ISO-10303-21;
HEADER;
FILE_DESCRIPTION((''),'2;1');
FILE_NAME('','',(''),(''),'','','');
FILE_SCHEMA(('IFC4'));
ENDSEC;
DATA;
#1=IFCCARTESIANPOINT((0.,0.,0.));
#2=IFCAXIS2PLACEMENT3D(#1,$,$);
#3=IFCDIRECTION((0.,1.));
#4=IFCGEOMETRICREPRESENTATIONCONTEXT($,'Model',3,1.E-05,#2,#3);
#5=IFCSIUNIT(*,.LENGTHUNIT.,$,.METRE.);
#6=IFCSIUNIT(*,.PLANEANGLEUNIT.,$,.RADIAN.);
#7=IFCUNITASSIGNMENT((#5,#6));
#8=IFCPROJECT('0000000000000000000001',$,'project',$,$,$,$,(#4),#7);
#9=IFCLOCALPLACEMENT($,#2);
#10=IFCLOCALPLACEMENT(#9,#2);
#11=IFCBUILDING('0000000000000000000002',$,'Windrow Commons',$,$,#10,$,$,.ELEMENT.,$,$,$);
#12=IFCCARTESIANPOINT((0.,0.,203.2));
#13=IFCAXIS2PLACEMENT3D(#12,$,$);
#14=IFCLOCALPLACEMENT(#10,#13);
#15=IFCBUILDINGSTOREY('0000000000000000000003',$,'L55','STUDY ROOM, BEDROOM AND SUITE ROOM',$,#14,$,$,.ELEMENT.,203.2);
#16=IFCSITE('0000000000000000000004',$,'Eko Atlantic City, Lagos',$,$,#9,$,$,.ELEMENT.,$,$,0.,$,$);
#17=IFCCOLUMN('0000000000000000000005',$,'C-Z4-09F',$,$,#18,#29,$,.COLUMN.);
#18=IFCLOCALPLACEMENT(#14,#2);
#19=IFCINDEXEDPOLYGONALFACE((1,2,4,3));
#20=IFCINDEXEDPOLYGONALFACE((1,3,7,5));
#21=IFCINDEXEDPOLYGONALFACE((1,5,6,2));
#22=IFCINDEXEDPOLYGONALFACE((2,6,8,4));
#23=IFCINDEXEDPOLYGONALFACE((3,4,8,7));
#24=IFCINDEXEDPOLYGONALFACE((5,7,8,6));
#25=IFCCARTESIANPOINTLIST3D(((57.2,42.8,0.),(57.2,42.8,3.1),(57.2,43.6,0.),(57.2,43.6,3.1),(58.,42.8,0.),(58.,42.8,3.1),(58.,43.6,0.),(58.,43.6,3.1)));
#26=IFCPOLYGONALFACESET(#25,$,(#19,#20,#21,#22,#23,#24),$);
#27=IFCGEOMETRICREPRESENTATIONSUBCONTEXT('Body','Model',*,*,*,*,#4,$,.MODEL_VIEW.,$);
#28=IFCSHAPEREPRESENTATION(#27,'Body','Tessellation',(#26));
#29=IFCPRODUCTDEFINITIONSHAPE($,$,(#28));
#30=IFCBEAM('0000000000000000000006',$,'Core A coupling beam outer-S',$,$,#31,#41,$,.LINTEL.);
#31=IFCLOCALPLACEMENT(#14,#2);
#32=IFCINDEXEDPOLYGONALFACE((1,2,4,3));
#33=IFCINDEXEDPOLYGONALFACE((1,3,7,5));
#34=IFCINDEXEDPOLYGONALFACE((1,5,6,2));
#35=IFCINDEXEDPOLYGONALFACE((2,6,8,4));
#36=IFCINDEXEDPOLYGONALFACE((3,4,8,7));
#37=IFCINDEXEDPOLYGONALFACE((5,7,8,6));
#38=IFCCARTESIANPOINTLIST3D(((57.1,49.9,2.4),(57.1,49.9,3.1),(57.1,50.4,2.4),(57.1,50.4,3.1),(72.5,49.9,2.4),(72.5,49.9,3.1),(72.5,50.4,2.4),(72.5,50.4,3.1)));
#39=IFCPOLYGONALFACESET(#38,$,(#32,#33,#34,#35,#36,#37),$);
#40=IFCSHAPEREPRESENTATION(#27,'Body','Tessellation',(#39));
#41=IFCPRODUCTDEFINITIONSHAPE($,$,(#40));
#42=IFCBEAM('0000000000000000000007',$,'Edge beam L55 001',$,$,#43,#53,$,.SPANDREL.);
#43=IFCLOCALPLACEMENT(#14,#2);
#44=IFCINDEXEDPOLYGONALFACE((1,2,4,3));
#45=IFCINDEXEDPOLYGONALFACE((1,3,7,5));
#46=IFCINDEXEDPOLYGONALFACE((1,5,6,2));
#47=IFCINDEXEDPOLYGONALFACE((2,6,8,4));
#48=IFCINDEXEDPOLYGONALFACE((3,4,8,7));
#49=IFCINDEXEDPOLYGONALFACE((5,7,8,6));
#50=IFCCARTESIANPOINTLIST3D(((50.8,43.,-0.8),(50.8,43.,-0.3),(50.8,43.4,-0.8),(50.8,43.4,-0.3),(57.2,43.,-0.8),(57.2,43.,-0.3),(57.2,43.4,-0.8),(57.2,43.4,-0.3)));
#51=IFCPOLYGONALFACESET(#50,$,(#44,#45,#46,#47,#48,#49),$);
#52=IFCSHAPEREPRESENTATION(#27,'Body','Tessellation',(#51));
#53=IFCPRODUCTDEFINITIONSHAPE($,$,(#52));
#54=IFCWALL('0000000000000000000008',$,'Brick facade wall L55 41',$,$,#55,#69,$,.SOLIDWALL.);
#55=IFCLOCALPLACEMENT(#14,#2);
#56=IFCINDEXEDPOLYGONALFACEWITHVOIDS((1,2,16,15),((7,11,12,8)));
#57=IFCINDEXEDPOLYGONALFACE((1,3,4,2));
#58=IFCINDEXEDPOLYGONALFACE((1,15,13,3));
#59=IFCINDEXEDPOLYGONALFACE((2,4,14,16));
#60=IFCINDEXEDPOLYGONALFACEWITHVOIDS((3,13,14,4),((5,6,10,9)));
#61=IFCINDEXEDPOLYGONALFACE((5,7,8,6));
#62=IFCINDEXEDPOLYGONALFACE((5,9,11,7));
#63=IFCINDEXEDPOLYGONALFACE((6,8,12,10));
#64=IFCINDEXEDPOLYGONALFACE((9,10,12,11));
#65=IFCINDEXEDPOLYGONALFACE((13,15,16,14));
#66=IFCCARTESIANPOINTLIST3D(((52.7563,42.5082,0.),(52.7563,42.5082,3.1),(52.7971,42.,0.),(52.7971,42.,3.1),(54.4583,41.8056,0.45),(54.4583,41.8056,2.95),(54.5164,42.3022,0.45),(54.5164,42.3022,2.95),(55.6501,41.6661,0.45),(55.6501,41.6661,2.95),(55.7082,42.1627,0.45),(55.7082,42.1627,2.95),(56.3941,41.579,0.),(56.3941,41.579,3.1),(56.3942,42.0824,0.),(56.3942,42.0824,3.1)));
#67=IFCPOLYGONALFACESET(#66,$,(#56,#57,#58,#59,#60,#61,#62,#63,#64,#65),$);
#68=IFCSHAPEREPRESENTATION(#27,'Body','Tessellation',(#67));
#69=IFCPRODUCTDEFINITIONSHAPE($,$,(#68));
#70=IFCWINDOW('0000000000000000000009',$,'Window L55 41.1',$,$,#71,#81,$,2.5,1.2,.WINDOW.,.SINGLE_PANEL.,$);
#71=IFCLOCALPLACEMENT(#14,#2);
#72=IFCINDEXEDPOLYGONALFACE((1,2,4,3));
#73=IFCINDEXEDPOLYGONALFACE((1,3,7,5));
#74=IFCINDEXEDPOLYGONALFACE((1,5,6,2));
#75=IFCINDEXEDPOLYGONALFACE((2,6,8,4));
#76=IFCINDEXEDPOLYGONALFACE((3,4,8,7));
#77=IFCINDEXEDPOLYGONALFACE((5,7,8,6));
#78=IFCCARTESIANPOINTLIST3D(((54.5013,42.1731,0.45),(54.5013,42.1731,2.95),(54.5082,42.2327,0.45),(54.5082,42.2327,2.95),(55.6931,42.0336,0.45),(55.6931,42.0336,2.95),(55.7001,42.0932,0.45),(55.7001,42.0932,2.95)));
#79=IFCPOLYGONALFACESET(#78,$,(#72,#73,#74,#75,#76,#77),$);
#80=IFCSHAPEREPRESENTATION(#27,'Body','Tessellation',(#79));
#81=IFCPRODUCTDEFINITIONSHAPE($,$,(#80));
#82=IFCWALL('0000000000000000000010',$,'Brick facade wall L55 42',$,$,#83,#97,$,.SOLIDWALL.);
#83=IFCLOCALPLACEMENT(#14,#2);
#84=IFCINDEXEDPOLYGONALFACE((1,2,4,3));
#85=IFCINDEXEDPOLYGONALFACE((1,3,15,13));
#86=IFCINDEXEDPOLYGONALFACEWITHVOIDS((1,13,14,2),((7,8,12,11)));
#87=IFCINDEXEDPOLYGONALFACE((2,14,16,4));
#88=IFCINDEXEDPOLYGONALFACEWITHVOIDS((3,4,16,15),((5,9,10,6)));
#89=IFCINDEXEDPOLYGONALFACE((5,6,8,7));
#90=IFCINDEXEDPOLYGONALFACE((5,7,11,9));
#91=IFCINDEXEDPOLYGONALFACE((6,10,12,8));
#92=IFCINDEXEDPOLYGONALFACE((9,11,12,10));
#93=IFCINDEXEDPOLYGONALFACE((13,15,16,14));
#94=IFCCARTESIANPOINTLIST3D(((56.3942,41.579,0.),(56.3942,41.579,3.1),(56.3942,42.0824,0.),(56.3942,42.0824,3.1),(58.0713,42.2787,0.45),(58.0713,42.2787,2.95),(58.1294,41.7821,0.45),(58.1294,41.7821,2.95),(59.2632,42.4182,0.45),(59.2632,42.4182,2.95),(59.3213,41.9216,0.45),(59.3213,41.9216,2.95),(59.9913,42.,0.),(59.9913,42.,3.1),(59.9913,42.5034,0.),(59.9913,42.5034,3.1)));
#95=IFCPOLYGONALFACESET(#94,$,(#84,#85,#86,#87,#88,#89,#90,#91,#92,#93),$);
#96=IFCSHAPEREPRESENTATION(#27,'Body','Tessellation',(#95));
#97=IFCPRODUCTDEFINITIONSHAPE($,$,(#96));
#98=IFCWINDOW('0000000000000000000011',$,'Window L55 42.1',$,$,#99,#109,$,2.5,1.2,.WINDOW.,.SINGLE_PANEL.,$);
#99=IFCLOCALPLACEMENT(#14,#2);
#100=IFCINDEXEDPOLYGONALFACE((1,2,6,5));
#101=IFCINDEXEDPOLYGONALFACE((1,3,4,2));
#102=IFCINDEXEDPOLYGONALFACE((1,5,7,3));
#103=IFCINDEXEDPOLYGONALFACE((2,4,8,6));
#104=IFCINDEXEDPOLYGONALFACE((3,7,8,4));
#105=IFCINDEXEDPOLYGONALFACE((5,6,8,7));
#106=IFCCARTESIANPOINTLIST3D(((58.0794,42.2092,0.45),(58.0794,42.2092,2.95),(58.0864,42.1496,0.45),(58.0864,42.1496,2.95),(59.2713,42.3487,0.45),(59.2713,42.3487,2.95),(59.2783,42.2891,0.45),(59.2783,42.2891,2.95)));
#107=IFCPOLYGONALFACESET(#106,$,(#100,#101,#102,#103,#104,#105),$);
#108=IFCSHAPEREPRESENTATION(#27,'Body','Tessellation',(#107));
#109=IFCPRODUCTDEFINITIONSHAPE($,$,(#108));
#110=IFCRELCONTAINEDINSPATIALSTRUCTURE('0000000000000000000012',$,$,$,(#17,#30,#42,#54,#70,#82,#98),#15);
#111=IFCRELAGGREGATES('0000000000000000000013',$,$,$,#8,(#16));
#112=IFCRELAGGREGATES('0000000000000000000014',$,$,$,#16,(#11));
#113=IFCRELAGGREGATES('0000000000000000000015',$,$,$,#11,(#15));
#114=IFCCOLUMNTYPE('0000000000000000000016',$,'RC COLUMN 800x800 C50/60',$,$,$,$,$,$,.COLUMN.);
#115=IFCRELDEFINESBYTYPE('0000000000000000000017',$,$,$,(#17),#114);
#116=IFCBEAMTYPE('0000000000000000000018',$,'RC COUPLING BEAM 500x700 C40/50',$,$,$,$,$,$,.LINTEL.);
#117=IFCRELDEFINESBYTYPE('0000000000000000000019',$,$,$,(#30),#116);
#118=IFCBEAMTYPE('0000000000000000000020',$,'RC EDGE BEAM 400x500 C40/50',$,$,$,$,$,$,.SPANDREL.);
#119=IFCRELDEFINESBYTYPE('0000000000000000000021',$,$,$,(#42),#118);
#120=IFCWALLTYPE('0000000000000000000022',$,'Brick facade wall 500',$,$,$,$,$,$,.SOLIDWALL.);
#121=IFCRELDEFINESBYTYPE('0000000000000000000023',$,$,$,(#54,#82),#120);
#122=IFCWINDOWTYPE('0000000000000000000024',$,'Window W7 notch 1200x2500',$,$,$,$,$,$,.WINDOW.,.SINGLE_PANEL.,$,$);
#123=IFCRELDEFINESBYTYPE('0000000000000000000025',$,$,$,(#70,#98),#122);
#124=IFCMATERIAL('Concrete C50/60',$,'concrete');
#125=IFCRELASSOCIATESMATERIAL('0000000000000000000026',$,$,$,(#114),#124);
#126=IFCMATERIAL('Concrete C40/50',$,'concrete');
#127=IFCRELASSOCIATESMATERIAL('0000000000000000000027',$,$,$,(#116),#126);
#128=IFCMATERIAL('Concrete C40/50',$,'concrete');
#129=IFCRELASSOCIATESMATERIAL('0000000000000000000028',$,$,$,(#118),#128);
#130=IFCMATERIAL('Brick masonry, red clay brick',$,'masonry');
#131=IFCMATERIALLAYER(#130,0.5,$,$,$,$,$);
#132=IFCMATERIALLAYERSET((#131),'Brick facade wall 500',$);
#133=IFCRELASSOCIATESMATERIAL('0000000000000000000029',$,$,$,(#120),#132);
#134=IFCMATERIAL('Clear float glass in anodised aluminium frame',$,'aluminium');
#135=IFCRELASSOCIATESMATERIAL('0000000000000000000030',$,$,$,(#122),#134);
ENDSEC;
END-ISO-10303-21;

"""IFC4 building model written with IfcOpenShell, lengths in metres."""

from ifc_helpers import new_model, si_unit, direction, frame, frame_2d, origin, origin_2d, place, context, subcontext, project, spatial, polyline, rectangle, outline, extrude, material, layer, layer_set, material_profile, profile_set, type_object, element, fill, save


model = new_model("IFC4")

# Units and contexts
model_context = context("Model", 3, precision=1e-05, world=origin(), true_north=direction((0.0, 1.0)))
body_context = subcontext(model_context, "Body", "Model", "MODEL_VIEW")
ifc_project = project(units=[si_unit("LENGTHUNIT", "METRE"), si_unit("PLANEANGLEUNIT", "RADIAN")], contexts=[model_context])

# Site, building, storey
site_placement = place(None, origin())
site = spatial("IfcSite", under=ifc_project, at=site_placement, Name="Eko Atlantic City, Lagos", CompositionType="ELEMENT", RefElevation=0.0)
building_placement = place(site_placement, origin())
building = spatial("IfcBuilding", under=site, at=building_placement, Name="Windrow Commons", CompositionType="ELEMENT")
storey_placement = place(building_placement, frame((0.0, 0.0, 203.2)))
storey = spatial("IfcBuildingStorey", under=building, at=storey_placement, Name="L55", Description="STUDY ROOM, BEDROOM AND SUITE ROOM", CompositionType="ELEMENT", Elevation=203.2)

# Column
ifc_material_1 = material(Name="Concrete C50/60", Category="concrete")
ifc_material_profile_1 = material_profile(ifc_material_1, rectangle(XDim=0.8, YDim=0.8, at=origin_2d()))
ifc_profile_set_1 = profile_set([ifc_material_profile_1], Name="Concrete C50/60")
column_type = type_object("IfcColumnType", Name="RC COLUMN 800x800 C50/60", PredefinedType="COLUMN", material=ifc_profile_set_1)
column_placement = place(storey_placement, frame((57.6, 43.2, 0.0), z_axis=(0.0, 0.0, 1.0), x_axis=(1.0, 0.0, 0.0)))
element("IfcColumn", 1, at=column_placement, inside=storey, type_object=column_type, Name="C-Z4-09F", PredefinedType="COLUMN", context=body_context, shape_type="SweptSolid", body=[
    extrude(rectangle(XDim=0.8, YDim=0.8, at=origin_2d()), origin(), (0.0, 0.0, 1.0), 3.1),
])

# Beams
ifc_material_2 = material(Name="Concrete C40/50", Category="concrete")
ifc_material_profile_2 = material_profile(ifc_material_2, rectangle(XDim=0.5, YDim=0.7, at=origin_2d()))
ifc_profile_set_2 = profile_set([ifc_material_profile_2], Name="Concrete C40/50")
beam_type_1 = type_object("IfcBeamType", Name="RC COUPLING BEAM 500x700 C40/50", PredefinedType="LINTEL", material=ifc_profile_set_2)
beam_1_placement = place(storey_placement, frame((57.1, 50.15, 2.75), z_axis=(1.0, 0.0, 0.0), x_axis=(0.0, 1.0, 0.0)))
element("IfcBeam", 2, at=beam_1_placement, inside=storey, type_object=beam_type_1, Name="Core A coupling beam outer-S", PredefinedType="LINTEL", context=body_context, shape_type="SweptSolid", body=[
    extrude(rectangle(XDim=0.5, YDim=0.7, at=origin_2d()), origin(), (0.0, 0.0, 1.0), 15.4),
])
ifc_material_3 = material(Name="Concrete C40/50", Category="concrete")
ifc_material_profile_3 = material_profile(ifc_material_3, rectangle(XDim=0.4, YDim=0.5, at=origin_2d()))
ifc_profile_set_3 = profile_set([ifc_material_profile_3], Name="Concrete C40/50")
beam_type_2 = type_object("IfcBeamType", Name="RC EDGE BEAM 400x500 C40/50", PredefinedType="SPANDREL", material=ifc_profile_set_3)
beam_2_placement = place(storey_placement, frame((57.2, 43.2, -0.55), z_axis=(-1.0, 0.0, 0.0), x_axis=(0.0, -1.0, 0.0)))
element("IfcBeam", 3, at=beam_2_placement, inside=storey, type_object=beam_type_2, Name="Edge beam L55 001", PredefinedType="SPANDREL", context=body_context, shape_type="SweptSolid", body=[
    extrude(rectangle(XDim=0.4, YDim=0.5, at=origin_2d()), origin(), (0.0, 0.0, 1.0), 6.4),
])

# Walls, openings, windows
ifc_material_4 = material(Name="Brick masonry, red clay brick", Category="masonry")
ifc_layer_1 = layer(ifc_material_4, 0.5)
ifc_layer_set_1 = layer_set([ifc_layer_1], Name="Brick facade wall 500")
wall_type_1 = type_object("IfcWallType", Name="Brick facade wall 500", PredefinedType="SOLIDWALL", material=ifc_layer_set_1)
wall_1_placement = place(storey_placement, frame((52.7767, 42.2541, 0.0), z_axis=(0.0, 0.0, 1.0), x_axis=(0.99322, -0.116249, 0.0)))
wall_1 = element("IfcWall", 4, at=wall_1_placement, inside=storey, type_object=wall_type_1, Name="Brick facade wall L55 41", PredefinedType="SOLIDWALL", context=body_context, shape_type="SweptSolid", body=[
    extrude(outline(polyline([(0.0498, -0.25), (3.6714, -0.25), (3.6129, 0.25), (-0.0498, 0.25), (0.0498, -0.25)])), origin(), (0.0, 0.0, 1.0), 3.1),
])
opening_1_placement = place(wall_1_placement, frame((1.7223, 0.0, 0.45)))
opening_1 = element("IfcOpeningElement", 5, at=opening_1_placement, cuts=wall_1, PredefinedType="OPENING", context=body_context, shape_type="SweptSolid", body=[
    extrude(rectangle(XDim=1.2, YDim=2.5, at=frame_2d((0.6, 1.25))), frame((0.0, 0.26, 0.0), z_axis=(0.0, -1.0, 0.0), x_axis=(1.0, 0.0, 0.0)), (0.0, 0.0, 1.0), 0.52),
])
ifc_material_5 = material(Name="Clear float glass in anodised aluminium frame", Category="aluminium")
window_type = type_object("IfcWindowType", Name="Window W7 notch 1200x2500", PartitioningType="SINGLE_PANEL", PredefinedType="WINDOW", material=ifc_material_5)
window_1_placement = place(opening_1_placement, origin())
window_1 = element("IfcWindow", 6, at=window_1_placement, inside=storey, type_object=window_type, Name="Window L55 41.1", OverallHeight=2.5, OverallWidth=1.2, PartitioningType="SINGLE_PANEL", PredefinedType="WINDOW", context=body_context, shape_type="SweptSolid", body=[
    extrude(rectangle(XDim=1.2, YDim=2.5, at=frame_2d((0.6, 1.25))), frame((0.0, 0.18, 0.0), z_axis=(0.0, -1.0, 0.0), x_axis=(1.0, 0.0, 0.0)), (0.0, 0.0, 1.0), 0.06),
])
fill(opening_1, window_1)
wall_2_placement = place(storey_placement, frame((56.3942, 41.8307, 0.0), z_axis=(0.0, 0.0, 1.0), x_axis=(0.993221, 0.116245, 0.0)))
wall_2 = element("IfcWall", 7, at=wall_2_placement, inside=storey, type_object=wall_type_1, Name="Brick facade wall L55 42", PredefinedType="SOLIDWALL", context=body_context, shape_type="SweptSolid", body=[
    extrude(outline(polyline([(-0.0293, -0.25), (3.5924, -0.25), (3.6509, 0.25), (0.0293, 0.25), (-0.0293, -0.25)])), origin(), (0.0, 0.0, 1.0), 3.1),
])
opening_2_placement = place(wall_2_placement, frame((1.7178, 0.0, 0.45)))
opening_2 = element("IfcOpeningElement", 8, at=opening_2_placement, cuts=wall_2, PredefinedType="OPENING", context=body_context, shape_type="SweptSolid", body=[
    extrude(rectangle(XDim=1.2, YDim=2.5, at=frame_2d((0.6, 1.25))), frame((0.0, 0.26, 0.0), z_axis=(0.0, -1.0, 0.0), x_axis=(1.0, 0.0, 0.0)), (0.0, 0.0, 1.0), 0.52),
])
window_2_placement = place(opening_2_placement, origin())
window_2 = element("IfcWindow", 9, at=window_2_placement, inside=storey, type_object=window_type, Name="Window L55 42.1", OverallHeight=2.5, OverallWidth=1.2, PartitioningType="SINGLE_PANEL", PredefinedType="WINDOW", context=body_context, shape_type="SweptSolid", body=[
    extrude(rectangle(XDim=1.2, YDim=2.5, at=frame_2d((0.6, 1.25))), frame((0.0, 0.18, 0.0), z_axis=(0.0, -1.0, 0.0), x_axis=(1.0, 0.0, 0.0)), (0.0, 0.0, 1.0), 0.06),
])
fill(opening_2, window_2)

save(model, "model.ifc")
